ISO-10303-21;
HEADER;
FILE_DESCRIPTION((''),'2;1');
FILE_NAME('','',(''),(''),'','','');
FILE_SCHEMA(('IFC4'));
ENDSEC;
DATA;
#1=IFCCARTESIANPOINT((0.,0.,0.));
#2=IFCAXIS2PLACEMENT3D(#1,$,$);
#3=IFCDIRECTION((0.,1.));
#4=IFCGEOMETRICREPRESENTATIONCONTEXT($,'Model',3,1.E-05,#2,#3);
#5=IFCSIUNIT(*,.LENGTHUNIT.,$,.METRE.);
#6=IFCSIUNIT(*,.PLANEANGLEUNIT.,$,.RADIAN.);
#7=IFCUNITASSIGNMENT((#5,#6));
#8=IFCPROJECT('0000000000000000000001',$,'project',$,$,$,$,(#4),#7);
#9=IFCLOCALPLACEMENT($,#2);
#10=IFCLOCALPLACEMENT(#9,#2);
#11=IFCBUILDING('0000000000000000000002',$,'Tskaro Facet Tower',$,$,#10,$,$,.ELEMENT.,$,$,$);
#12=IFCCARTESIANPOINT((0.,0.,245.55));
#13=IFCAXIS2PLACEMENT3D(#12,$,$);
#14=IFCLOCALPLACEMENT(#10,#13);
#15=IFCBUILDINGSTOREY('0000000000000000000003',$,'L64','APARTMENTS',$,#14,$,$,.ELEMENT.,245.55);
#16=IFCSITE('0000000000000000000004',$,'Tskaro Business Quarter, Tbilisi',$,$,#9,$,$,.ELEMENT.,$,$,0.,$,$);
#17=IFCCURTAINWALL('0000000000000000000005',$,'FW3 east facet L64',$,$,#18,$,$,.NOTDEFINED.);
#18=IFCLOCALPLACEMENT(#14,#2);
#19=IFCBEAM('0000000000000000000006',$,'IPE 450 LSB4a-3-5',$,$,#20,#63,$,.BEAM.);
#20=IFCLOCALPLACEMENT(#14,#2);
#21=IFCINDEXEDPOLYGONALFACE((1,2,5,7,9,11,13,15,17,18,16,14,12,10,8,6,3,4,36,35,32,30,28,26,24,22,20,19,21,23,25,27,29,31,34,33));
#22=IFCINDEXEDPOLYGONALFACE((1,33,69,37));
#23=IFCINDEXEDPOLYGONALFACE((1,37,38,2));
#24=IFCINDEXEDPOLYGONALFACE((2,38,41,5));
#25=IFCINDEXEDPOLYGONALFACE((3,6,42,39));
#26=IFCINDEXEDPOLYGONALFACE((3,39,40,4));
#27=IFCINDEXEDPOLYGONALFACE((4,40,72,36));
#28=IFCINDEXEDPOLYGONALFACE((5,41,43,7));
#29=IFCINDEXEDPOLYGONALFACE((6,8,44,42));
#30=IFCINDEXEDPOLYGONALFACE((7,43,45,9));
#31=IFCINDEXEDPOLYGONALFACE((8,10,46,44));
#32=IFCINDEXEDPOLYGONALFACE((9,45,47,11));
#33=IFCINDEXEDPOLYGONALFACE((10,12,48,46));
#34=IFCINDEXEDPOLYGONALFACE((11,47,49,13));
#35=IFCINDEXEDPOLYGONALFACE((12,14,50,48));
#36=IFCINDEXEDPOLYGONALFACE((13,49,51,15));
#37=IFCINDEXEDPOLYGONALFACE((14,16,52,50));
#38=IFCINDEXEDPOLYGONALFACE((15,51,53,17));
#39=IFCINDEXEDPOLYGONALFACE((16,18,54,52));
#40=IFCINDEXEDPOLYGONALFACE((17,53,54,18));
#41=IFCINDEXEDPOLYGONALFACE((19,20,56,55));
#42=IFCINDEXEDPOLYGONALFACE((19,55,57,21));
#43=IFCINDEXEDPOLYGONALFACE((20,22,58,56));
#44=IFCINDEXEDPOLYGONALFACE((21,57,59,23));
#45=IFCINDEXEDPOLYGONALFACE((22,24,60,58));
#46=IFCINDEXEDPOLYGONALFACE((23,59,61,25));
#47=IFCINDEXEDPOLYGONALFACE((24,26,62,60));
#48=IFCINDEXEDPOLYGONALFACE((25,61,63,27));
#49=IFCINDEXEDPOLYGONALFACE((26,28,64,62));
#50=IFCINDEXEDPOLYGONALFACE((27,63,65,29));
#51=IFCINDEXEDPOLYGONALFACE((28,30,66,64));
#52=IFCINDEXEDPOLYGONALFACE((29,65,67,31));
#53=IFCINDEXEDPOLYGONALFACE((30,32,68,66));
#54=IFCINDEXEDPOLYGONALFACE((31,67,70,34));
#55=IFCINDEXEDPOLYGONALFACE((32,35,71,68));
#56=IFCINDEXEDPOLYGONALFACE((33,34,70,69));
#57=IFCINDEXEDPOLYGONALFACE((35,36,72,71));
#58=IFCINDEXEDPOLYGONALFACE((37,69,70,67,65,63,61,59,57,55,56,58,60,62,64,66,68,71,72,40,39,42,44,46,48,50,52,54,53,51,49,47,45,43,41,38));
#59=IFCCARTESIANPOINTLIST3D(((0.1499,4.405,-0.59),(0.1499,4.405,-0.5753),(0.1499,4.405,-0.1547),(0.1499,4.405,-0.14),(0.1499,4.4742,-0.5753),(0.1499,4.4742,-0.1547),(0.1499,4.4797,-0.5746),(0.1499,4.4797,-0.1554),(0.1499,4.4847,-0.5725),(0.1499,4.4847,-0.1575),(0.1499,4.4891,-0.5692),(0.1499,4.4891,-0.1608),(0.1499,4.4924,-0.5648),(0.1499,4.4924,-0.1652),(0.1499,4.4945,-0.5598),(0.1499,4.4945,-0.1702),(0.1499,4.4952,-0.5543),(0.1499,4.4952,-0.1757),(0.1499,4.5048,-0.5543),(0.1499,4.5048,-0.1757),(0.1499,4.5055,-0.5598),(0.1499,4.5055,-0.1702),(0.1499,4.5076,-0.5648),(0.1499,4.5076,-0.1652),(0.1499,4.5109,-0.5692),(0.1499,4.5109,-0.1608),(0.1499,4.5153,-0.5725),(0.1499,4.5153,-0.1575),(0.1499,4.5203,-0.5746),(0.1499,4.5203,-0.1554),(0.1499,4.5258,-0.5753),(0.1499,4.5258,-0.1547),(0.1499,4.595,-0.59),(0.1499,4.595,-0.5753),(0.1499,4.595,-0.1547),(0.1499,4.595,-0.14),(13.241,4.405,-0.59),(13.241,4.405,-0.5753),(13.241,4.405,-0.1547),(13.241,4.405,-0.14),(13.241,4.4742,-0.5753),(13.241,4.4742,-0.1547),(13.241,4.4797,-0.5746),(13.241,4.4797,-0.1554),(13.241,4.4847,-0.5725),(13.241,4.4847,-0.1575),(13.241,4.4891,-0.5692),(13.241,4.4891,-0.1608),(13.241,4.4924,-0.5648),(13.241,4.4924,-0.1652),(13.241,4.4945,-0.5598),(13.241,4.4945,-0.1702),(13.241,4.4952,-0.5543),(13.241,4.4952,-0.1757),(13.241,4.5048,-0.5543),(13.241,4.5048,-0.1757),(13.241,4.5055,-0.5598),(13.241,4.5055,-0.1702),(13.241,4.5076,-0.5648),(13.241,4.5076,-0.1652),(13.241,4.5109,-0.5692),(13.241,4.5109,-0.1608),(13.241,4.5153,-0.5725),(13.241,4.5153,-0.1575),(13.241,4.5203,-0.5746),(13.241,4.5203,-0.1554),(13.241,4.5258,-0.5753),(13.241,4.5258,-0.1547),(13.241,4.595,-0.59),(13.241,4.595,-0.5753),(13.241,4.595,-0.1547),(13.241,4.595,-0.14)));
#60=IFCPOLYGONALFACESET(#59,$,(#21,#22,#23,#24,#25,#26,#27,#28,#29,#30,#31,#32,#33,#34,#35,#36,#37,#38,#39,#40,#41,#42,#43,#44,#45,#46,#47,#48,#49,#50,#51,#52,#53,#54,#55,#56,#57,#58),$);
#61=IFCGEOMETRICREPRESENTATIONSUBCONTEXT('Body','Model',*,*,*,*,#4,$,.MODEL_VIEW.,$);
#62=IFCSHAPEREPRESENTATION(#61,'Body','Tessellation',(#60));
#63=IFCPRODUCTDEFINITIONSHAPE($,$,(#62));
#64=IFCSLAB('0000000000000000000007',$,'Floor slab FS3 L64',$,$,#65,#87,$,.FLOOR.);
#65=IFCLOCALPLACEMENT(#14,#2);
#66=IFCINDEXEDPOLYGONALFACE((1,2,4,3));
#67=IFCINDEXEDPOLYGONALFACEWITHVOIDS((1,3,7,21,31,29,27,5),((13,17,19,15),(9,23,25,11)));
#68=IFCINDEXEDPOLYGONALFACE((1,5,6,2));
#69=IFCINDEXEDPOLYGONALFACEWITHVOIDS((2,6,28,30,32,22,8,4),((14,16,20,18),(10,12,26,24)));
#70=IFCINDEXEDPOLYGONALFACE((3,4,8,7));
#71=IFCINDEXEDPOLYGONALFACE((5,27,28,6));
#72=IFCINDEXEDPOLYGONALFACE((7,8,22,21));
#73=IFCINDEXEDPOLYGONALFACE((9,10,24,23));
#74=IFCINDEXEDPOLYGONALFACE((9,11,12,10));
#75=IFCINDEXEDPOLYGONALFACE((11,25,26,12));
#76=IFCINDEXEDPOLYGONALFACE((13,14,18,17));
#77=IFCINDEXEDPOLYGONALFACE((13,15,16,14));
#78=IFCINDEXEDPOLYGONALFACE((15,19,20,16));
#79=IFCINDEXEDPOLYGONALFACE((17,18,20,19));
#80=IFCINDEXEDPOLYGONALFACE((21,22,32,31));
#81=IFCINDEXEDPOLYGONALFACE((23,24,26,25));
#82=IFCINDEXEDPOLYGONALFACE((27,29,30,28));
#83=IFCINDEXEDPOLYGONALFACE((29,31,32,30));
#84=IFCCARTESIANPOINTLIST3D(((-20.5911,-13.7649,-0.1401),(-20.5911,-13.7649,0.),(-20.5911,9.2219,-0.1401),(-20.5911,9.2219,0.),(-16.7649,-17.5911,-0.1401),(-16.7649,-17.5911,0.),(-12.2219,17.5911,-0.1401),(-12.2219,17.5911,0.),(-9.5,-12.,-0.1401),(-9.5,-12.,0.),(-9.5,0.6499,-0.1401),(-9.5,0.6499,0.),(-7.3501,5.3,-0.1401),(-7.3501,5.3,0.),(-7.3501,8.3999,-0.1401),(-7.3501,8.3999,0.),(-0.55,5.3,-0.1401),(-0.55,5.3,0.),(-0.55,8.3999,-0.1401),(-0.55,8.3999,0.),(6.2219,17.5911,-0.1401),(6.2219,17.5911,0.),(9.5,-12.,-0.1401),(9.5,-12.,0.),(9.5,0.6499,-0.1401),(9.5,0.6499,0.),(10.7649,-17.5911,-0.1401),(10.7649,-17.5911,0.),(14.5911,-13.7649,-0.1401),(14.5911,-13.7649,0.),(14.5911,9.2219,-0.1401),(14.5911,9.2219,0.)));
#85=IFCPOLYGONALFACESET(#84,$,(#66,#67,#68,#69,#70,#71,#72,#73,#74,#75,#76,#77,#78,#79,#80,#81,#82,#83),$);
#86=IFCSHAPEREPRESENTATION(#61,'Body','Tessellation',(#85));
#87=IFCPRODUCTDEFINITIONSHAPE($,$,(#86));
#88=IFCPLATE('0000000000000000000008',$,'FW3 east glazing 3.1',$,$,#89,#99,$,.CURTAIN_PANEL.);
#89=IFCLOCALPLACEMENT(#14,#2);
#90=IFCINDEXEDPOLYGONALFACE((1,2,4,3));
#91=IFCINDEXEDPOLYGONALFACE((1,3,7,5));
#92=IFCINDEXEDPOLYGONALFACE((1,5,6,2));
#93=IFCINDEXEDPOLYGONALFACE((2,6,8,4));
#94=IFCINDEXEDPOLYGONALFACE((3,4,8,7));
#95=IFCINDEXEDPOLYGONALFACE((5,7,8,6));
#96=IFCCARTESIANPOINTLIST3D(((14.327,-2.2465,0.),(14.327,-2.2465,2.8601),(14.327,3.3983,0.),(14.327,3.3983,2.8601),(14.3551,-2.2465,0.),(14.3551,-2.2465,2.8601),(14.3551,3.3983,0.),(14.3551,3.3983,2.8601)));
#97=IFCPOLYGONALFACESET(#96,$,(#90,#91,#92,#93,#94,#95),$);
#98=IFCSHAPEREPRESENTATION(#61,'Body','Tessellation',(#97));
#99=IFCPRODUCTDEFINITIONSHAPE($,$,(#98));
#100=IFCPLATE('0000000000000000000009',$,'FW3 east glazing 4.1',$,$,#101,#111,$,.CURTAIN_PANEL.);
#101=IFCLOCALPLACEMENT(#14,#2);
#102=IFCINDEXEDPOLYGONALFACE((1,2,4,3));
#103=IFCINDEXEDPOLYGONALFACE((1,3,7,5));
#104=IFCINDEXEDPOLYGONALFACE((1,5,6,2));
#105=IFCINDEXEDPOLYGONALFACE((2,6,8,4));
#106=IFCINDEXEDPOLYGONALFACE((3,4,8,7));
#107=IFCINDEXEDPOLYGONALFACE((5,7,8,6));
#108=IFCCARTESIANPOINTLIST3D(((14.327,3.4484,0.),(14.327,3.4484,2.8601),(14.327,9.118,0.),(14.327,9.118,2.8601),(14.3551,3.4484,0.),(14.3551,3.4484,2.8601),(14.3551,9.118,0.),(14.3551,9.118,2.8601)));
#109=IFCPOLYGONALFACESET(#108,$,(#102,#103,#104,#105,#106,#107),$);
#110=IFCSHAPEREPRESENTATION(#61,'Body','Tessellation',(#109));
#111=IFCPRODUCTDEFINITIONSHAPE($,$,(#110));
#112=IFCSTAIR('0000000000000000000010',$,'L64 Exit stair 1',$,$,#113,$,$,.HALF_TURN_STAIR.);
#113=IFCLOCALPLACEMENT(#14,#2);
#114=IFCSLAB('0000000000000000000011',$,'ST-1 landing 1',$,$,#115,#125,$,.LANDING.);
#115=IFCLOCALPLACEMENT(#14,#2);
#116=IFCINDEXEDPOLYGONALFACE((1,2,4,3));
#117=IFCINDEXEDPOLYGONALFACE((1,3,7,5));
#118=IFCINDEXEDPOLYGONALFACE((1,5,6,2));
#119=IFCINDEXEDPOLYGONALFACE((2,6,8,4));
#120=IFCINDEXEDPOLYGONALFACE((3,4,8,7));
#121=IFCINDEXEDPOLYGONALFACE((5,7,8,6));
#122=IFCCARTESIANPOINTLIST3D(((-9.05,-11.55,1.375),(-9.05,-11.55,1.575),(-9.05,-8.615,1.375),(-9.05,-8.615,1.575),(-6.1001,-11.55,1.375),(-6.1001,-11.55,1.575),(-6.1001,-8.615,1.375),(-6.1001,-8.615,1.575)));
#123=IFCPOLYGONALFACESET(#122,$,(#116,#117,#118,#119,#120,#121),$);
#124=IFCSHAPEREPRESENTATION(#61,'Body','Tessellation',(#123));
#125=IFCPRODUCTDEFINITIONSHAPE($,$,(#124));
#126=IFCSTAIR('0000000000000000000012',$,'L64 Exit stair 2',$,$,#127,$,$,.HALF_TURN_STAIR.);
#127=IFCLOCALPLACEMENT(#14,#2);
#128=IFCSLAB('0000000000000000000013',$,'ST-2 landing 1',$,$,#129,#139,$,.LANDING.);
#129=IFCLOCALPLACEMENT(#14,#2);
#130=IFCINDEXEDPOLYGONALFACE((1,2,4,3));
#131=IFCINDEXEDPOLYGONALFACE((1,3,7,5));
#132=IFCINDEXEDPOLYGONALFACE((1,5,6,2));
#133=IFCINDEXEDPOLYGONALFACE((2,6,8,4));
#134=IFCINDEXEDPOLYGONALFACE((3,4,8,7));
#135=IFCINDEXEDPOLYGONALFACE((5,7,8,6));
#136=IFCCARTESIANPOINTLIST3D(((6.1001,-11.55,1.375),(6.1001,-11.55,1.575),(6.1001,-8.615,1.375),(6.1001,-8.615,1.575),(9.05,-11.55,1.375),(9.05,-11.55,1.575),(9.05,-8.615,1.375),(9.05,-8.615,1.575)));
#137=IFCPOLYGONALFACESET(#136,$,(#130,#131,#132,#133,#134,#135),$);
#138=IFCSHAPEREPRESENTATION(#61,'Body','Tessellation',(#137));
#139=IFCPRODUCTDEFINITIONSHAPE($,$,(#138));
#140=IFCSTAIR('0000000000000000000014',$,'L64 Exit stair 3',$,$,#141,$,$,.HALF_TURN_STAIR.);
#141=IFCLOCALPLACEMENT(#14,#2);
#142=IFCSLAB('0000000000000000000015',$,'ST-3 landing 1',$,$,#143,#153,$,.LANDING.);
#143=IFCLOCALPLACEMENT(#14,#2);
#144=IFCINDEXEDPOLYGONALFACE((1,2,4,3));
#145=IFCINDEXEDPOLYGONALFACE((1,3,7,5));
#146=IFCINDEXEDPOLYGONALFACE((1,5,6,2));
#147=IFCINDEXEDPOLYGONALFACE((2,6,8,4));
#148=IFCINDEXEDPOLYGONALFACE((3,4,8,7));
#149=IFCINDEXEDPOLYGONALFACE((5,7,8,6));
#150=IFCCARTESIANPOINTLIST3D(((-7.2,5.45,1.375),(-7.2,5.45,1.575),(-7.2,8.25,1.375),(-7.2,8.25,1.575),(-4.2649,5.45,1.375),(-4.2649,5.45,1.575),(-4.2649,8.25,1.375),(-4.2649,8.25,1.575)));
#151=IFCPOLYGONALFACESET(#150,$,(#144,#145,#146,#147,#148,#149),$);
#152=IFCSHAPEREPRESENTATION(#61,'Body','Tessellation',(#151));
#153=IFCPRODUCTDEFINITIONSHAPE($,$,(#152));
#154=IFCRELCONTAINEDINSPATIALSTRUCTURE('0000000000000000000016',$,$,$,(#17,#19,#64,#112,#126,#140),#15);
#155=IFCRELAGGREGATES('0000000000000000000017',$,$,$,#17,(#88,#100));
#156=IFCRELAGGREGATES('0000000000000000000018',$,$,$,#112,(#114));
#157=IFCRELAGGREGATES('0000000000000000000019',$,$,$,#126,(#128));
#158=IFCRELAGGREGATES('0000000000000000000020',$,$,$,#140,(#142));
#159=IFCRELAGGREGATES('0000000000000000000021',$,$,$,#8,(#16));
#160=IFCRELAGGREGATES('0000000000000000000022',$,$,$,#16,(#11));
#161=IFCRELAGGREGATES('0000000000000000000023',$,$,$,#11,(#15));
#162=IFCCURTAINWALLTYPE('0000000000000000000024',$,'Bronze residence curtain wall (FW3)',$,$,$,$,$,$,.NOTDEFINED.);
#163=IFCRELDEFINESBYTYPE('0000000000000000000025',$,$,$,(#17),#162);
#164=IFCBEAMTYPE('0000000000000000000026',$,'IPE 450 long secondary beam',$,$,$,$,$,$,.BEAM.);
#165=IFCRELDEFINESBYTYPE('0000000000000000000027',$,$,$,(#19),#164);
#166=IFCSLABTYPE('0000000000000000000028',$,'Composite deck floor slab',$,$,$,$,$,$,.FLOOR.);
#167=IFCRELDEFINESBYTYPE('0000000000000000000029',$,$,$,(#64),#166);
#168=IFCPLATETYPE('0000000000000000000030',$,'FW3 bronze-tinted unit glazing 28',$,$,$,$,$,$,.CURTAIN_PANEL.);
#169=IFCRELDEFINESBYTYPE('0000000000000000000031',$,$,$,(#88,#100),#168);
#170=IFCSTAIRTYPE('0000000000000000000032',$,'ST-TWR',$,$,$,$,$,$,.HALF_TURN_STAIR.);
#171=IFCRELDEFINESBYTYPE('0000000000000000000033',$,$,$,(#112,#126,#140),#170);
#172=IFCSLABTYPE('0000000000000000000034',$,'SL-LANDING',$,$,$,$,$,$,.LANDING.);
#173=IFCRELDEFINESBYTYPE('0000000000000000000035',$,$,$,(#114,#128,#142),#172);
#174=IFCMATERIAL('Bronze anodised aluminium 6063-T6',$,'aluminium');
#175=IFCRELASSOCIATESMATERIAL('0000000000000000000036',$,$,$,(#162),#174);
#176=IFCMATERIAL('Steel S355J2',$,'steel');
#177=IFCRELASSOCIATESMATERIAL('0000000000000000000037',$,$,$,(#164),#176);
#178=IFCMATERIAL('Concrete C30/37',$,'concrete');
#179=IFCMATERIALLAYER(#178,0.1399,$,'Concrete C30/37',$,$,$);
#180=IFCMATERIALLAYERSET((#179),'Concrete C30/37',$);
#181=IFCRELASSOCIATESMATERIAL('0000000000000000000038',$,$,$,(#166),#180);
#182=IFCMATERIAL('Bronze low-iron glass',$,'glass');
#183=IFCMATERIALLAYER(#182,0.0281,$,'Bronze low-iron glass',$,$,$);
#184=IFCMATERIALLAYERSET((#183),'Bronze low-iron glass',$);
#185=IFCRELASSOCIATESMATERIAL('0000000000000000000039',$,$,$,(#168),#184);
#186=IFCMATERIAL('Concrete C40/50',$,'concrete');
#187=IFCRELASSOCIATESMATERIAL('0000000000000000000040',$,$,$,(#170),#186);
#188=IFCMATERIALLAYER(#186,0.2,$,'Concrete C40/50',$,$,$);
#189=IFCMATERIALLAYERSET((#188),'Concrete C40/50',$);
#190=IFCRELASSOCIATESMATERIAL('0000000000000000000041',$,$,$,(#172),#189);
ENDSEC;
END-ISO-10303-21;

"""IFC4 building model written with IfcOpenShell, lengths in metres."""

from ifc_helpers import new_model, si_unit, direction, frame, origin, origin_2d, place, context, subcontext, project, spatial, polyline, rectangle, i_section, outline, extrude, material, layer, layer_set, material_profile, profile_set, type_object, element, aggregate, save


model = new_model("IFC4")

# Units and contexts
model_context = context("Model", 3, precision=1e-05, world=origin(), true_north=direction((0.0, 1.0)))
body_context = subcontext(model_context, "Body", "Model", "MODEL_VIEW")
ifc_project = project(units=[si_unit("LENGTHUNIT", "METRE"), si_unit("PLANEANGLEUNIT", "RADIAN")], contexts=[model_context])

# Site, building, storey
site_placement = place(None, origin())
site = spatial("IfcSite", under=ifc_project, at=site_placement, Name="Tskaro Business Quarter, Tbilisi", CompositionType="ELEMENT", RefElevation=0.0)
building_placement = place(site_placement, origin())
building = spatial("IfcBuilding", under=site, at=building_placement, Name="Tskaro Facet Tower", CompositionType="ELEMENT")
storey_placement = place(building_placement, frame((0.0, 0.0, 245.55)))
storey = spatial("IfcBuildingStorey", under=building, at=storey_placement, Name="L64", Description="APARTMENTS", CompositionType="ELEMENT", Elevation=245.55)

# Shared definitions
ifc_material_1 = material(Name="Bronze anodised aluminium 6063-T6", Category="aluminium")
curtain_wall_type = type_object("IfcCurtainWallType", Name="Bronze residence curtain wall (FW3)", PredefinedType="NOTDEFINED", material=ifc_material_1)

# Curtain wall
curtain_wall_1_placement = place(storey_placement, origin())
curtain_wall_1 = element("IfcCurtainWall", 1, at=curtain_wall_1_placement, inside=storey, type_object=curtain_wall_type, Name="FW3 east facet L64", PredefinedType="NOTDEFINED")

# Beam
ifc_material_2 = material(Name="Steel S355J2", Category="steel")
ifc_material_profile_1 = material_profile(ifc_material_2, i_section(OverallWidth=0.1899, OverallDepth=0.45, WebThickness=0.0095, FlangeThickness=0.0146, FilletRadius=0.021, at=origin_2d()), Name="IPE 450")
ifc_profile_set_1 = profile_set([ifc_material_profile_1], Name="Steel S355J2")
beam_type_1 = type_object("IfcBeamType", Name="IPE 450 long secondary beam", PredefinedType="BEAM", material=ifc_profile_set_1)
beam_1_placement = place(storey_placement, frame((0.1499, 4.5, -0.365), z_axis=(1.0, 0.0, 0.0), x_axis=(0.0, 1.0, 0.0)))
element("IfcBeam", 2, at=beam_1_placement, inside=storey, type_object=beam_type_1, Name="IPE 450 LSB4a-3-5", PredefinedType="BEAM", context=body_context, shape_type="SweptSolid", body=[
    extrude(i_section(OverallWidth=0.1899, OverallDepth=0.45, WebThickness=0.0095, FlangeThickness=0.0146, FilletRadius=0.021, at=origin_2d()), origin(), (0.0, 0.0, 1.0), 13.0911),
])

# Slab
ifc_material_3 = material(Name="Concrete C30/37", Category="concrete")
ifc_layer_1 = layer(ifc_material_3, 0.1399, Name="Concrete C30/37")
ifc_layer_set_1 = layer_set([ifc_layer_1], Name="Concrete C30/37")
slab_type_1 = type_object("IfcSlabType", Name="Composite deck floor slab", PredefinedType="FLOOR", material=ifc_layer_set_1)
slab_1_placement = place(storey_placement, frame((0.0, 0.0, -0.1401)))
element("IfcSlab", 3, at=slab_1_placement, inside=storey, type_object=slab_type_1, Name="Floor slab FS3 L64", PredefinedType="FLOOR", context=body_context, shape_type="SweptSolid", body=[
    extrude(outline(polyline([(-16.7649, -17.5911), (10.7649, -17.5911), (14.5911, -13.7649), (14.5911, 9.2219), (6.2219, 17.5911), (-12.2219, 17.5911), (-20.5911, 9.2219), (-20.5911, -13.7649), (-16.7649, -17.5911)]), holes=[polyline([(-9.5, -12.0), (9.5, -12.0), (9.5, 0.6499), (-9.5, 0.6499), (-9.5, -12.0)]), polyline([(-7.3501, 5.3), (-0.55, 5.3), (-0.55, 8.3999), (-7.3501, 8.3999), (-7.3501, 5.3)])]), origin(), (0.0, 0.0, 1.0), 0.1401),
])

# Plates
ifc_material_4 = material(Name="Bronze low-iron glass", Category="glass")
ifc_layer_2 = layer(ifc_material_4, 0.0281, Name="Bronze low-iron glass")
ifc_layer_set_2 = layer_set([ifc_layer_2], Name="Bronze low-iron glass")
plate_type = type_object("IfcPlateType", Name="FW3 bronze-tinted unit glazing 28", PredefinedType="CURTAIN_PANEL", material=ifc_layer_set_2)
plate_1_placement = place(storey_placement, frame((14.3411, 0.5759, 0.0), z_axis=(0.0, 0.0, 1.0), x_axis=(0.0, 1.0, 0.0)))
plate_1 = element("IfcPlate", 4, at=plate_1_placement, type_object=plate_type, Name="FW3 east glazing 3.1", PredefinedType="CURTAIN_PANEL", context=body_context, shape_type="SweptSolid", body=[
    extrude(rectangle(XDim=5.6448, YDim=0.0281, at=origin_2d()), origin(), (0.0, 0.0, 1.0), 2.8601),
])
plate_2_placement = place(storey_placement, frame((14.3411, 6.2832, 0.0), z_axis=(0.0, 0.0, 1.0), x_axis=(0.0, 1.0, 0.0)))
plate_2 = element("IfcPlate", 5, at=plate_2_placement, type_object=plate_type, Name="FW3 east glazing 4.1", PredefinedType="CURTAIN_PANEL", context=body_context, shape_type="SweptSolid", body=[
    extrude(rectangle(XDim=5.6697, YDim=0.0281, at=origin_2d()), origin(), (0.0, 0.0, 1.0), 2.8601),
])
aggregate(curtain_wall_1, [plate_1, plate_2])

# Stairs, slabs
ifc_material_5 = material(Name="Concrete C40/50", Category="concrete")
stair_type = type_object("IfcStairType", Name="ST-TWR", PredefinedType="HALF_TURN_STAIR", material=ifc_material_5)
stair_1_placement = place(storey_placement, origin())
stair_1 = element("IfcStair", 6, at=stair_1_placement, inside=storey, type_object=stair_type, Name="L64 Exit stair 1", PredefinedType="HALF_TURN_STAIR")
ifc_layer_3 = layer(ifc_material_5, 0.2, Name="Concrete C40/50")
ifc_layer_set_3 = layer_set([ifc_layer_3], Name="Concrete C40/50")
slab_type_2 = type_object("IfcSlabType", Name="SL-LANDING", PredefinedType="LANDING", material=ifc_layer_set_3)
slab_2_placement = place(storey_placement, frame((0.0, 0.0, 1.375)))
slab_2 = element("IfcSlab", 7, at=slab_2_placement, type_object=slab_type_2, Name="ST-1 landing 1", PredefinedType="LANDING", context=body_context, shape_type="SweptSolid", body=[
    extrude(outline(polyline([(-9.05, -11.55), (-6.1001, -11.55), (-6.1001, -8.615), (-9.05, -8.615), (-9.05, -11.55)])), origin(), (0.0, 0.0, 1.0), 0.2),
])
aggregate(stair_1, [slab_2])
stair_2_placement = place(storey_placement, origin())
stair_2 = element("IfcStair", 8, at=stair_2_placement, inside=storey, type_object=stair_type, Name="L64 Exit stair 2", PredefinedType="HALF_TURN_STAIR")
slab_3_placement = place(storey_placement, frame((0.0, 0.0, 1.375)))
slab_3 = element("IfcSlab", 9, at=slab_3_placement, type_object=slab_type_2, Name="ST-2 landing 1", PredefinedType="LANDING", context=body_context, shape_type="SweptSolid", body=[
    extrude(outline(polyline([(6.1001, -11.55), (9.05, -11.55), (9.05, -8.615), (6.1001, -8.615), (6.1001, -11.55)])), origin(), (0.0, 0.0, 1.0), 0.2),
])
aggregate(stair_2, [slab_3])
stair_3_placement = place(storey_placement, origin())
stair_3 = element("IfcStair", 10, at=stair_3_placement, inside=storey, type_object=stair_type, Name="L64 Exit stair 3", PredefinedType="HALF_TURN_STAIR")
slab_4_placement = place(storey_placement, frame((0.0, 0.0, 1.375)))
slab_4 = element("IfcSlab", 11, at=slab_4_placement, type_object=slab_type_2, Name="ST-3 landing 1", PredefinedType="LANDING", context=body_context, shape_type="SweptSolid", body=[
    extrude(outline(polyline([(-7.2, 5.45), (-4.2649, 5.45), (-4.2649, 8.25), (-7.2, 8.25), (-7.2, 5.45)])), origin(), (0.0, 0.0, 1.0), 0.2),
])

aggregate(stair_3, [slab_4])

save(model, "model.ifc")
